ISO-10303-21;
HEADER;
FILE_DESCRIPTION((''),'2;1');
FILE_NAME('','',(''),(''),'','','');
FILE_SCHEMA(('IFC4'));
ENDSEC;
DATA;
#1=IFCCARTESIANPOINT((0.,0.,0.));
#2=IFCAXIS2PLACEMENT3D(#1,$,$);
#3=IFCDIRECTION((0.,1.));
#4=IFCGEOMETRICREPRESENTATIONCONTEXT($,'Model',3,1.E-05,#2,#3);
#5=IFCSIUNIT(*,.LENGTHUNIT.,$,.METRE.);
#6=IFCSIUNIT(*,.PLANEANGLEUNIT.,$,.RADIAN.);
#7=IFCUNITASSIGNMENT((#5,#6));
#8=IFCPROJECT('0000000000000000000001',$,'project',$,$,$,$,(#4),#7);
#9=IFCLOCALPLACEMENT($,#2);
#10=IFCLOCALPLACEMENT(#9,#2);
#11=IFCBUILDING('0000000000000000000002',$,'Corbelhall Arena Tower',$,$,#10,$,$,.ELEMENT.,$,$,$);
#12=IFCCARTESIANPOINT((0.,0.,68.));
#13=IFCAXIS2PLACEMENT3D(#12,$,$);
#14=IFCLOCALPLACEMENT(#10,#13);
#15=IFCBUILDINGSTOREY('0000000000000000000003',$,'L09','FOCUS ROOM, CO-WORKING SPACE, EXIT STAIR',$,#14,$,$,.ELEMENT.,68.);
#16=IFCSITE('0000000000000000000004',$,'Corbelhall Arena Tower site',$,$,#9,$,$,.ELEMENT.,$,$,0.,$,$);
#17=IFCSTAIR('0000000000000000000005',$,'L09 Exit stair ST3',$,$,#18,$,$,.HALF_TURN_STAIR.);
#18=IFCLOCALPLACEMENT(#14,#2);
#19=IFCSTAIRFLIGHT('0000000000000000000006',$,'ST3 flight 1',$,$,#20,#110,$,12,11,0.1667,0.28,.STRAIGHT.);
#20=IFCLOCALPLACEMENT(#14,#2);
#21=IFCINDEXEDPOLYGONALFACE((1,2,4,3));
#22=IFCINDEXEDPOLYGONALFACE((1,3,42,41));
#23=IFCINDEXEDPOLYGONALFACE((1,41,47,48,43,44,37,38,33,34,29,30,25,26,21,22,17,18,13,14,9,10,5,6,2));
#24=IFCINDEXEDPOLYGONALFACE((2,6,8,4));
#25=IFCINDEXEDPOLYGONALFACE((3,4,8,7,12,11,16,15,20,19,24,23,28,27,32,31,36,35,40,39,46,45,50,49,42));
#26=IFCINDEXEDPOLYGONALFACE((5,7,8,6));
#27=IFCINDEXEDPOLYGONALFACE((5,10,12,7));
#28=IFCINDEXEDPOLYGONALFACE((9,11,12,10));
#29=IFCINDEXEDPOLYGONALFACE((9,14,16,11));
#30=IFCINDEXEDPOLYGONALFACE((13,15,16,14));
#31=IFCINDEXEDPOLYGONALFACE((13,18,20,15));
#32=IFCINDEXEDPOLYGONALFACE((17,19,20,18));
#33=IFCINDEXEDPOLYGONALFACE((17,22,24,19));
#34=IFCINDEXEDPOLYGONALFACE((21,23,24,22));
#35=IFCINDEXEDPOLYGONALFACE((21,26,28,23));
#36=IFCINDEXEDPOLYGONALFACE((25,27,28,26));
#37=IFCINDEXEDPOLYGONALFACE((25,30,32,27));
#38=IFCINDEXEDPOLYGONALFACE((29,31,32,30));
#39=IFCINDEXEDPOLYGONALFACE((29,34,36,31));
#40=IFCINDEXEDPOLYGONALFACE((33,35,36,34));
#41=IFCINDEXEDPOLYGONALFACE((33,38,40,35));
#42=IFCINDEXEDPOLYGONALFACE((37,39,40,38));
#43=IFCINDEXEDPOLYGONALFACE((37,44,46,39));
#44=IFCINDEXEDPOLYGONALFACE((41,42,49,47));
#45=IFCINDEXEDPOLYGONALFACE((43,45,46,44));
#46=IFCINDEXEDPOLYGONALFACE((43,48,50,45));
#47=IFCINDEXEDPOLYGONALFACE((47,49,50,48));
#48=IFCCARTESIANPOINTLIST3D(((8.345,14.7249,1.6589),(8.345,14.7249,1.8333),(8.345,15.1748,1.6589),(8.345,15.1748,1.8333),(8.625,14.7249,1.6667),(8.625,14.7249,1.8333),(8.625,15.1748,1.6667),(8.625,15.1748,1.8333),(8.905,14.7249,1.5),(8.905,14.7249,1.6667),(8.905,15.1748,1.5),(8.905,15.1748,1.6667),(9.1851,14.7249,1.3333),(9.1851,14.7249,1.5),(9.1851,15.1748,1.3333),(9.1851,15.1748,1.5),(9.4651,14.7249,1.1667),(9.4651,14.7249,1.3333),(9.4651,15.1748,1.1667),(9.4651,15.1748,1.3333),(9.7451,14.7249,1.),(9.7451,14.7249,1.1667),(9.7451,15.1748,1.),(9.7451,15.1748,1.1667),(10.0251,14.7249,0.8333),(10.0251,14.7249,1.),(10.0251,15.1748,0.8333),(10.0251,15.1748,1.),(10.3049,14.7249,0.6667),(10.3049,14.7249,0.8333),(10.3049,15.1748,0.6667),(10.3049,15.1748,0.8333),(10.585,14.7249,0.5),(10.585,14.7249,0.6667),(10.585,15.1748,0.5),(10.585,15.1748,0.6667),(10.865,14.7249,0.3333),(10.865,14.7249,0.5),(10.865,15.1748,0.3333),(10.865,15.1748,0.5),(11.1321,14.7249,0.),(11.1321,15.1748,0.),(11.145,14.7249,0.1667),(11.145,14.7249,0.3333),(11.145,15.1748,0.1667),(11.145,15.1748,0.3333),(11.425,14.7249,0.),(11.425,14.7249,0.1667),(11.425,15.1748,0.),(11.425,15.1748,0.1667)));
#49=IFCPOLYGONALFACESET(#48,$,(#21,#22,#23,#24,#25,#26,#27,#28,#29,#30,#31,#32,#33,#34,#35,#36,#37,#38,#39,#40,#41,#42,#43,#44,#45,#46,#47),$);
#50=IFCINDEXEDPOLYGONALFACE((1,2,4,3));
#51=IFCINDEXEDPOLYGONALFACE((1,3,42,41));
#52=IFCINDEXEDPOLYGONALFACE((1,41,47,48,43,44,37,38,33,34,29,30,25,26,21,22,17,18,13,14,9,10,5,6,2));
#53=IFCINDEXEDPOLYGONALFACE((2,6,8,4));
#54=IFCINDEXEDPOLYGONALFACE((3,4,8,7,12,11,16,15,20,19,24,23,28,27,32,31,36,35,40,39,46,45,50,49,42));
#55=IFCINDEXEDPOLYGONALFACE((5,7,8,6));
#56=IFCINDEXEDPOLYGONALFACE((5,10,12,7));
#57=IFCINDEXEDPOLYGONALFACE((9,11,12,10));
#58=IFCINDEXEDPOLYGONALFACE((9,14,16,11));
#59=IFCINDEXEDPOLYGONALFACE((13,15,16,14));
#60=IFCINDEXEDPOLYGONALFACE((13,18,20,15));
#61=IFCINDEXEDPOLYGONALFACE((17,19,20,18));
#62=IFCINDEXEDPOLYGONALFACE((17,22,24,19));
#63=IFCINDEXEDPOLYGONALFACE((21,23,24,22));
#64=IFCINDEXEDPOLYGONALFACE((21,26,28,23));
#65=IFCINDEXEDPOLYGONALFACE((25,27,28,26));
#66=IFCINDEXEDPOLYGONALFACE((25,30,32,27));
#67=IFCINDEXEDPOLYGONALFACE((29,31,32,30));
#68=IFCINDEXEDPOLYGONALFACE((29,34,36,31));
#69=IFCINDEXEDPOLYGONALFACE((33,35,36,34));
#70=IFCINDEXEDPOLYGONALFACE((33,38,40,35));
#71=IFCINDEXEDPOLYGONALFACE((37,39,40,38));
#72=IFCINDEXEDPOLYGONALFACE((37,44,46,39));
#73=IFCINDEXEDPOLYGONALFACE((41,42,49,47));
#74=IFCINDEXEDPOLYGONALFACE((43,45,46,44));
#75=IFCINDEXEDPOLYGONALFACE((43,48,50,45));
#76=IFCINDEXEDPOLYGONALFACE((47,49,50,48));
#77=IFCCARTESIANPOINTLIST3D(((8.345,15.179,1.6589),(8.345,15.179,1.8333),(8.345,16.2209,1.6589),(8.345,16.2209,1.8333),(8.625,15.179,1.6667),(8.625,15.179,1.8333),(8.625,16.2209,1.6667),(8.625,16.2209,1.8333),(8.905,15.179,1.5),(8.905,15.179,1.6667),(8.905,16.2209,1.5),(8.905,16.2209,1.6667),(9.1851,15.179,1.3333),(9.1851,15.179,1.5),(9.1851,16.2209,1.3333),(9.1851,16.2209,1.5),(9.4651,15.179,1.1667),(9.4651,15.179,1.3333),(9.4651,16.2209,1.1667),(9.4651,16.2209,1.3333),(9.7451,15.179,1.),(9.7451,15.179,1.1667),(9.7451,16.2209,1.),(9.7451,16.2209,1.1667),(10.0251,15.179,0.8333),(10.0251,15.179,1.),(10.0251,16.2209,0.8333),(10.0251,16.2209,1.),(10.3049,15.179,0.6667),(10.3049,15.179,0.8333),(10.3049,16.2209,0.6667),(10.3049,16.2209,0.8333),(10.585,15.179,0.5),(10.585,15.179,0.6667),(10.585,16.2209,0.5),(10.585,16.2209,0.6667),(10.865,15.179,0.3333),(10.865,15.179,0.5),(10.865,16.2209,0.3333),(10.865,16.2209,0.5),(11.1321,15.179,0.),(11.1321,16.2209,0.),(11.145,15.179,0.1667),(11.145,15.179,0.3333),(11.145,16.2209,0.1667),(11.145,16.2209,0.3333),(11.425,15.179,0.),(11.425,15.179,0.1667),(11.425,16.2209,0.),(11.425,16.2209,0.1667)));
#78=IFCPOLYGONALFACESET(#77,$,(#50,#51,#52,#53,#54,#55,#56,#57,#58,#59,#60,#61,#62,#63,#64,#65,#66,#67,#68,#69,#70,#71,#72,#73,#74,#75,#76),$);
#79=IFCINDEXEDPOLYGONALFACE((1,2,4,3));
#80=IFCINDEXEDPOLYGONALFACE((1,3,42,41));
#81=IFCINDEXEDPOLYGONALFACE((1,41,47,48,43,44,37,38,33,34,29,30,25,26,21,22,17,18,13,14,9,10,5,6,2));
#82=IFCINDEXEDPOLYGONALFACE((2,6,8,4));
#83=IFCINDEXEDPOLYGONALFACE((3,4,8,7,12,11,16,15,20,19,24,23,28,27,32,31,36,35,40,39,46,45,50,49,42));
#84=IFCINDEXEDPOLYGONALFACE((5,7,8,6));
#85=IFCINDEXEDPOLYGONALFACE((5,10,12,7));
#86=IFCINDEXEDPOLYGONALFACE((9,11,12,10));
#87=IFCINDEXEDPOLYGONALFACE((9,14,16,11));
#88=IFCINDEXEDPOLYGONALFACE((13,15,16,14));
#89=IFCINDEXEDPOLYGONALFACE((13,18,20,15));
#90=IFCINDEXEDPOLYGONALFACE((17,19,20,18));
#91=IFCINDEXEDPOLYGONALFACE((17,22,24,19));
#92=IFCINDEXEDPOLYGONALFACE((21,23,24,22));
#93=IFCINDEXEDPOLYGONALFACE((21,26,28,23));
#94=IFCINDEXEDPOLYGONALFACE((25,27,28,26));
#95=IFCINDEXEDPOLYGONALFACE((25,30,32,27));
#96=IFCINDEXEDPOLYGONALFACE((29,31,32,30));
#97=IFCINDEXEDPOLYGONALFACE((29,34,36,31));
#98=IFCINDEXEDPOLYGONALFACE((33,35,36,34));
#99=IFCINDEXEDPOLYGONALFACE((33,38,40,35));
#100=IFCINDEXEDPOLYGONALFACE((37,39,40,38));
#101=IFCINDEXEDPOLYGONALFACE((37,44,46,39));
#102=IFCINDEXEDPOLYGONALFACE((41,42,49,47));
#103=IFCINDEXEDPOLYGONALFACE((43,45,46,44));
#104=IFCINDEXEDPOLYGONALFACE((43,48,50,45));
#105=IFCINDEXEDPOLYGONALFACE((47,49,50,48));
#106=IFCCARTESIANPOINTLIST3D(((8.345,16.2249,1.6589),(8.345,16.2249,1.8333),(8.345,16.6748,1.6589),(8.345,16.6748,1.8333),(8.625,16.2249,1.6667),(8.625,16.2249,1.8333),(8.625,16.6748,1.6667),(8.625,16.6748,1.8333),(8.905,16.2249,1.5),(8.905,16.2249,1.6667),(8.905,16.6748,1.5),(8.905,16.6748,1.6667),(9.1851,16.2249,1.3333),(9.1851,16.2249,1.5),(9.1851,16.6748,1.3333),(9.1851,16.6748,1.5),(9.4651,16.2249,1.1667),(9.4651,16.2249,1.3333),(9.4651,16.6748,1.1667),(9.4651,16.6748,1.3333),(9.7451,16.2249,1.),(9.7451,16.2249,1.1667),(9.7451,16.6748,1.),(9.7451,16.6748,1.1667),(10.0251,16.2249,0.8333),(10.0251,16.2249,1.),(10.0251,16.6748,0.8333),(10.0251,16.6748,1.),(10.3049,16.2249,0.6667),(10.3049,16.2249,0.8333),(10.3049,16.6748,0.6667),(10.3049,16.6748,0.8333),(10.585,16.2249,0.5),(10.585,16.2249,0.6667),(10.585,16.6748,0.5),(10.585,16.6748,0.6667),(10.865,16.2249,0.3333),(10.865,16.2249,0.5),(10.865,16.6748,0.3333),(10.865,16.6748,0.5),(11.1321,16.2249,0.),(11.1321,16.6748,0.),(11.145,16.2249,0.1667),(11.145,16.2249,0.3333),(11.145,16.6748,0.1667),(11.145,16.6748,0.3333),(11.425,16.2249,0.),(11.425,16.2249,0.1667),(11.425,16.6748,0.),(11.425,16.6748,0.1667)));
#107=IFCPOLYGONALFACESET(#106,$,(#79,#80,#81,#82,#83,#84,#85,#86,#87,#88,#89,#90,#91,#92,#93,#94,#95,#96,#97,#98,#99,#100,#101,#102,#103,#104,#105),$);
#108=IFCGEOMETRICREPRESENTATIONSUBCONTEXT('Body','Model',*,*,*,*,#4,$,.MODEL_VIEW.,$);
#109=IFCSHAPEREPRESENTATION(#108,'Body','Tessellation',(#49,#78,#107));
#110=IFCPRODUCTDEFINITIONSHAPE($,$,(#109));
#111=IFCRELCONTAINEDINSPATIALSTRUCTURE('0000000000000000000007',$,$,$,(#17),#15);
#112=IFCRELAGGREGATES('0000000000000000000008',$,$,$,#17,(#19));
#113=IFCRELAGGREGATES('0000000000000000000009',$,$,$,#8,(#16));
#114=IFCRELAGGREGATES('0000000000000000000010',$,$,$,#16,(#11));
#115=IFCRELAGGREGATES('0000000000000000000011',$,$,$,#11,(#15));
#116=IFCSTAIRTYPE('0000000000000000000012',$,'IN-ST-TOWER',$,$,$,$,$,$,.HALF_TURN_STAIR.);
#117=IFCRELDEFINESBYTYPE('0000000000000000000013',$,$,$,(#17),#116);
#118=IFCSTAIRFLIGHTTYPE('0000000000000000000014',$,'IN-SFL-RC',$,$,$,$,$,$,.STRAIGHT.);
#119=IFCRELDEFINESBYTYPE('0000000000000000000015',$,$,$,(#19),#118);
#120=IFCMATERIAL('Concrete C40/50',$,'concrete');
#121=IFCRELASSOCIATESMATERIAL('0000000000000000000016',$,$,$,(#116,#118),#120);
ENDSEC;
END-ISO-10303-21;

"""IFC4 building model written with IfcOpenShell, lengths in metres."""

from ifc_helpers import new_model, si_unit, direction, frame, origin, place, context, subcontext, project, spatial, polyline, outline, extrude, material, type_object, element, aggregate, save


model = new_model("IFC4")

# Units and contexts
model_context = context("Model", 3, precision=1e-05, world=origin(), true_north=direction((0.0, 1.0)))
body_context = subcontext(model_context, "Body", "Model", "MODEL_VIEW")
ifc_project = project(units=[si_unit("LENGTHUNIT", "METRE"), si_unit("PLANEANGLEUNIT", "RADIAN")], contexts=[model_context])

# Site, building, storey
site_placement = place(None, origin())
site = spatial("IfcSite", under=ifc_project, at=site_placement, Name="Corbelhall Arena Tower site", CompositionType="ELEMENT", RefElevation=0.0)
building_placement = place(site_placement, origin())
building = spatial("IfcBuilding", under=site, at=building_placement, Name="Corbelhall Arena Tower", CompositionType="ELEMENT")
storey_placement = place(building_placement, frame((0.0, 0.0, 68.0)))
storey = spatial("IfcBuildingStorey", under=building, at=storey_placement, Name="L09", Description="FOCUS ROOM, CO-WORKING SPACE, EXIT STAIR", CompositionType="ELEMENT", Elevation=68.0)

# Shared definitions
ifc_material_1 = material(Name="Concrete C40/50", Category="concrete")

# Stair, stair flight
stair_type = type_object("IfcStairType", Name="IN-ST-TOWER", PredefinedType="HALF_TURN_STAIR", material=ifc_material_1)
stair_placement = place(storey_placement, origin())
stair = element("IfcStair", 1, at=stair_placement, inside=storey, type_object=stair_type, Name="L09 Exit stair ST3", PredefinedType="HALF_TURN_STAIR")
stair_flight_type = type_object("IfcStairFlightType", Name="IN-SFL-RC", PredefinedType="STRAIGHT", material=ifc_material_1)
stair_flight_1_placement = place(storey_placement, frame((11.425, 15.7, 0.0), z_axis=(0.0, 0.0, 1.0), x_axis=(-1.0, 0.0, 0.0)))
stair_flight_1 = element("IfcStairFlight", 2, at=stair_flight_1_placement, type_object=stair_flight_type, Name="ST3 flight 1", NumberOfRisers=12, NumberOfTreads=11, PredefinedType="STRAIGHT", RiserHeight=0.1667, TreadLength=0.28, context=body_context, shape_type="SweptSolid", body=[
    extrude(outline(polyline([(0.0, 0.0), (0.0, 0.1667), (0.28, 0.1667), (0.28, 0.3333), (0.5601, 0.3333), (0.5601, 0.5), (0.8401, 0.5), (0.8401, 0.6667), (1.1201, 0.6667), (1.1201, 0.8333), (1.3999, 0.8333), (1.3999, 1.0), (1.6799, 1.0), (1.6799, 1.1667), (1.96, 1.1667), (1.96, 1.3333), (2.24, 1.3333), (2.24, 1.5), (2.52, 1.5), (2.52, 1.6667), (2.8, 1.6667), (2.8, 1.8333), (3.0801, 1.8333), (3.0801, 2.0), (3.0801, 1.6589), (0.293, 0.0), (0.0, 0.0)])), frame((0.0, 0.9751, 0.0), z_axis=(0.0, -1.0, 0.0), x_axis=(1.0, 0.0, 0.0)), (0.0, 0.0, 1.0), 0.45),
    extrude(outline(polyline([(0.0, 0.0), (0.0, 0.1667), (0.28, 0.1667), (0.28, 0.3333), (0.5601, 0.3333), (0.5601, 0.5), (0.8401, 0.5), (0.8401, 0.6667), (1.1201, 0.6667), (1.1201, 0.8333), (1.3999, 0.8333), (1.3999, 1.0), (1.6799, 1.0), (1.6799, 1.1667), (1.96, 1.1667), (1.96, 1.3333), (2.24, 1.3333), (2.24, 1.5), (2.52, 1.5), (2.52, 1.6667), (2.8, 1.6667), (2.8, 1.8333), (3.0801, 1.8333), (3.0801, 2.0), (3.0801, 1.6589), (0.293, 0.0), (0.0, 0.0)])), frame((0.0, 0.521, 0.0), z_axis=(0.0, -1.0, 0.0), x_axis=(1.0, 0.0, 0.0)), (0.0, 0.0, 1.0), 1.042),
    extrude(outline(polyline([(0.0, 0.0), (0.0, 0.1667), (0.28, 0.1667), (0.28, 0.3333), (0.5601, 0.3333), (0.5601, 0.5), (0.8401, 0.5), (0.8401, 0.6667), (1.1201, 0.6667), (1.1201, 0.8333), (1.3999, 0.8333), (1.3999, 1.0), (1.6799, 1.0), (1.6799, 1.1667), (1.96, 1.1667), (1.96, 1.3333), (2.24, 1.3333), (2.24, 1.5), (2.52, 1.5), (2.52, 1.6667), (2.8, 1.6667), (2.8, 1.8333), (3.0801, 1.8333), (3.0801, 2.0), (3.0801, 1.6589), (0.293, 0.0), (0.0, 0.0)])), frame((0.0, -0.5249, 0.0), z_axis=(0.0, -1.0, 0.0), x_axis=(1.0, 0.0, 0.0)), (0.0, 0.0, 1.0), 0.45),
])
aggregate(stair, [stair_flight_1])

save(model, "model.ifc")
